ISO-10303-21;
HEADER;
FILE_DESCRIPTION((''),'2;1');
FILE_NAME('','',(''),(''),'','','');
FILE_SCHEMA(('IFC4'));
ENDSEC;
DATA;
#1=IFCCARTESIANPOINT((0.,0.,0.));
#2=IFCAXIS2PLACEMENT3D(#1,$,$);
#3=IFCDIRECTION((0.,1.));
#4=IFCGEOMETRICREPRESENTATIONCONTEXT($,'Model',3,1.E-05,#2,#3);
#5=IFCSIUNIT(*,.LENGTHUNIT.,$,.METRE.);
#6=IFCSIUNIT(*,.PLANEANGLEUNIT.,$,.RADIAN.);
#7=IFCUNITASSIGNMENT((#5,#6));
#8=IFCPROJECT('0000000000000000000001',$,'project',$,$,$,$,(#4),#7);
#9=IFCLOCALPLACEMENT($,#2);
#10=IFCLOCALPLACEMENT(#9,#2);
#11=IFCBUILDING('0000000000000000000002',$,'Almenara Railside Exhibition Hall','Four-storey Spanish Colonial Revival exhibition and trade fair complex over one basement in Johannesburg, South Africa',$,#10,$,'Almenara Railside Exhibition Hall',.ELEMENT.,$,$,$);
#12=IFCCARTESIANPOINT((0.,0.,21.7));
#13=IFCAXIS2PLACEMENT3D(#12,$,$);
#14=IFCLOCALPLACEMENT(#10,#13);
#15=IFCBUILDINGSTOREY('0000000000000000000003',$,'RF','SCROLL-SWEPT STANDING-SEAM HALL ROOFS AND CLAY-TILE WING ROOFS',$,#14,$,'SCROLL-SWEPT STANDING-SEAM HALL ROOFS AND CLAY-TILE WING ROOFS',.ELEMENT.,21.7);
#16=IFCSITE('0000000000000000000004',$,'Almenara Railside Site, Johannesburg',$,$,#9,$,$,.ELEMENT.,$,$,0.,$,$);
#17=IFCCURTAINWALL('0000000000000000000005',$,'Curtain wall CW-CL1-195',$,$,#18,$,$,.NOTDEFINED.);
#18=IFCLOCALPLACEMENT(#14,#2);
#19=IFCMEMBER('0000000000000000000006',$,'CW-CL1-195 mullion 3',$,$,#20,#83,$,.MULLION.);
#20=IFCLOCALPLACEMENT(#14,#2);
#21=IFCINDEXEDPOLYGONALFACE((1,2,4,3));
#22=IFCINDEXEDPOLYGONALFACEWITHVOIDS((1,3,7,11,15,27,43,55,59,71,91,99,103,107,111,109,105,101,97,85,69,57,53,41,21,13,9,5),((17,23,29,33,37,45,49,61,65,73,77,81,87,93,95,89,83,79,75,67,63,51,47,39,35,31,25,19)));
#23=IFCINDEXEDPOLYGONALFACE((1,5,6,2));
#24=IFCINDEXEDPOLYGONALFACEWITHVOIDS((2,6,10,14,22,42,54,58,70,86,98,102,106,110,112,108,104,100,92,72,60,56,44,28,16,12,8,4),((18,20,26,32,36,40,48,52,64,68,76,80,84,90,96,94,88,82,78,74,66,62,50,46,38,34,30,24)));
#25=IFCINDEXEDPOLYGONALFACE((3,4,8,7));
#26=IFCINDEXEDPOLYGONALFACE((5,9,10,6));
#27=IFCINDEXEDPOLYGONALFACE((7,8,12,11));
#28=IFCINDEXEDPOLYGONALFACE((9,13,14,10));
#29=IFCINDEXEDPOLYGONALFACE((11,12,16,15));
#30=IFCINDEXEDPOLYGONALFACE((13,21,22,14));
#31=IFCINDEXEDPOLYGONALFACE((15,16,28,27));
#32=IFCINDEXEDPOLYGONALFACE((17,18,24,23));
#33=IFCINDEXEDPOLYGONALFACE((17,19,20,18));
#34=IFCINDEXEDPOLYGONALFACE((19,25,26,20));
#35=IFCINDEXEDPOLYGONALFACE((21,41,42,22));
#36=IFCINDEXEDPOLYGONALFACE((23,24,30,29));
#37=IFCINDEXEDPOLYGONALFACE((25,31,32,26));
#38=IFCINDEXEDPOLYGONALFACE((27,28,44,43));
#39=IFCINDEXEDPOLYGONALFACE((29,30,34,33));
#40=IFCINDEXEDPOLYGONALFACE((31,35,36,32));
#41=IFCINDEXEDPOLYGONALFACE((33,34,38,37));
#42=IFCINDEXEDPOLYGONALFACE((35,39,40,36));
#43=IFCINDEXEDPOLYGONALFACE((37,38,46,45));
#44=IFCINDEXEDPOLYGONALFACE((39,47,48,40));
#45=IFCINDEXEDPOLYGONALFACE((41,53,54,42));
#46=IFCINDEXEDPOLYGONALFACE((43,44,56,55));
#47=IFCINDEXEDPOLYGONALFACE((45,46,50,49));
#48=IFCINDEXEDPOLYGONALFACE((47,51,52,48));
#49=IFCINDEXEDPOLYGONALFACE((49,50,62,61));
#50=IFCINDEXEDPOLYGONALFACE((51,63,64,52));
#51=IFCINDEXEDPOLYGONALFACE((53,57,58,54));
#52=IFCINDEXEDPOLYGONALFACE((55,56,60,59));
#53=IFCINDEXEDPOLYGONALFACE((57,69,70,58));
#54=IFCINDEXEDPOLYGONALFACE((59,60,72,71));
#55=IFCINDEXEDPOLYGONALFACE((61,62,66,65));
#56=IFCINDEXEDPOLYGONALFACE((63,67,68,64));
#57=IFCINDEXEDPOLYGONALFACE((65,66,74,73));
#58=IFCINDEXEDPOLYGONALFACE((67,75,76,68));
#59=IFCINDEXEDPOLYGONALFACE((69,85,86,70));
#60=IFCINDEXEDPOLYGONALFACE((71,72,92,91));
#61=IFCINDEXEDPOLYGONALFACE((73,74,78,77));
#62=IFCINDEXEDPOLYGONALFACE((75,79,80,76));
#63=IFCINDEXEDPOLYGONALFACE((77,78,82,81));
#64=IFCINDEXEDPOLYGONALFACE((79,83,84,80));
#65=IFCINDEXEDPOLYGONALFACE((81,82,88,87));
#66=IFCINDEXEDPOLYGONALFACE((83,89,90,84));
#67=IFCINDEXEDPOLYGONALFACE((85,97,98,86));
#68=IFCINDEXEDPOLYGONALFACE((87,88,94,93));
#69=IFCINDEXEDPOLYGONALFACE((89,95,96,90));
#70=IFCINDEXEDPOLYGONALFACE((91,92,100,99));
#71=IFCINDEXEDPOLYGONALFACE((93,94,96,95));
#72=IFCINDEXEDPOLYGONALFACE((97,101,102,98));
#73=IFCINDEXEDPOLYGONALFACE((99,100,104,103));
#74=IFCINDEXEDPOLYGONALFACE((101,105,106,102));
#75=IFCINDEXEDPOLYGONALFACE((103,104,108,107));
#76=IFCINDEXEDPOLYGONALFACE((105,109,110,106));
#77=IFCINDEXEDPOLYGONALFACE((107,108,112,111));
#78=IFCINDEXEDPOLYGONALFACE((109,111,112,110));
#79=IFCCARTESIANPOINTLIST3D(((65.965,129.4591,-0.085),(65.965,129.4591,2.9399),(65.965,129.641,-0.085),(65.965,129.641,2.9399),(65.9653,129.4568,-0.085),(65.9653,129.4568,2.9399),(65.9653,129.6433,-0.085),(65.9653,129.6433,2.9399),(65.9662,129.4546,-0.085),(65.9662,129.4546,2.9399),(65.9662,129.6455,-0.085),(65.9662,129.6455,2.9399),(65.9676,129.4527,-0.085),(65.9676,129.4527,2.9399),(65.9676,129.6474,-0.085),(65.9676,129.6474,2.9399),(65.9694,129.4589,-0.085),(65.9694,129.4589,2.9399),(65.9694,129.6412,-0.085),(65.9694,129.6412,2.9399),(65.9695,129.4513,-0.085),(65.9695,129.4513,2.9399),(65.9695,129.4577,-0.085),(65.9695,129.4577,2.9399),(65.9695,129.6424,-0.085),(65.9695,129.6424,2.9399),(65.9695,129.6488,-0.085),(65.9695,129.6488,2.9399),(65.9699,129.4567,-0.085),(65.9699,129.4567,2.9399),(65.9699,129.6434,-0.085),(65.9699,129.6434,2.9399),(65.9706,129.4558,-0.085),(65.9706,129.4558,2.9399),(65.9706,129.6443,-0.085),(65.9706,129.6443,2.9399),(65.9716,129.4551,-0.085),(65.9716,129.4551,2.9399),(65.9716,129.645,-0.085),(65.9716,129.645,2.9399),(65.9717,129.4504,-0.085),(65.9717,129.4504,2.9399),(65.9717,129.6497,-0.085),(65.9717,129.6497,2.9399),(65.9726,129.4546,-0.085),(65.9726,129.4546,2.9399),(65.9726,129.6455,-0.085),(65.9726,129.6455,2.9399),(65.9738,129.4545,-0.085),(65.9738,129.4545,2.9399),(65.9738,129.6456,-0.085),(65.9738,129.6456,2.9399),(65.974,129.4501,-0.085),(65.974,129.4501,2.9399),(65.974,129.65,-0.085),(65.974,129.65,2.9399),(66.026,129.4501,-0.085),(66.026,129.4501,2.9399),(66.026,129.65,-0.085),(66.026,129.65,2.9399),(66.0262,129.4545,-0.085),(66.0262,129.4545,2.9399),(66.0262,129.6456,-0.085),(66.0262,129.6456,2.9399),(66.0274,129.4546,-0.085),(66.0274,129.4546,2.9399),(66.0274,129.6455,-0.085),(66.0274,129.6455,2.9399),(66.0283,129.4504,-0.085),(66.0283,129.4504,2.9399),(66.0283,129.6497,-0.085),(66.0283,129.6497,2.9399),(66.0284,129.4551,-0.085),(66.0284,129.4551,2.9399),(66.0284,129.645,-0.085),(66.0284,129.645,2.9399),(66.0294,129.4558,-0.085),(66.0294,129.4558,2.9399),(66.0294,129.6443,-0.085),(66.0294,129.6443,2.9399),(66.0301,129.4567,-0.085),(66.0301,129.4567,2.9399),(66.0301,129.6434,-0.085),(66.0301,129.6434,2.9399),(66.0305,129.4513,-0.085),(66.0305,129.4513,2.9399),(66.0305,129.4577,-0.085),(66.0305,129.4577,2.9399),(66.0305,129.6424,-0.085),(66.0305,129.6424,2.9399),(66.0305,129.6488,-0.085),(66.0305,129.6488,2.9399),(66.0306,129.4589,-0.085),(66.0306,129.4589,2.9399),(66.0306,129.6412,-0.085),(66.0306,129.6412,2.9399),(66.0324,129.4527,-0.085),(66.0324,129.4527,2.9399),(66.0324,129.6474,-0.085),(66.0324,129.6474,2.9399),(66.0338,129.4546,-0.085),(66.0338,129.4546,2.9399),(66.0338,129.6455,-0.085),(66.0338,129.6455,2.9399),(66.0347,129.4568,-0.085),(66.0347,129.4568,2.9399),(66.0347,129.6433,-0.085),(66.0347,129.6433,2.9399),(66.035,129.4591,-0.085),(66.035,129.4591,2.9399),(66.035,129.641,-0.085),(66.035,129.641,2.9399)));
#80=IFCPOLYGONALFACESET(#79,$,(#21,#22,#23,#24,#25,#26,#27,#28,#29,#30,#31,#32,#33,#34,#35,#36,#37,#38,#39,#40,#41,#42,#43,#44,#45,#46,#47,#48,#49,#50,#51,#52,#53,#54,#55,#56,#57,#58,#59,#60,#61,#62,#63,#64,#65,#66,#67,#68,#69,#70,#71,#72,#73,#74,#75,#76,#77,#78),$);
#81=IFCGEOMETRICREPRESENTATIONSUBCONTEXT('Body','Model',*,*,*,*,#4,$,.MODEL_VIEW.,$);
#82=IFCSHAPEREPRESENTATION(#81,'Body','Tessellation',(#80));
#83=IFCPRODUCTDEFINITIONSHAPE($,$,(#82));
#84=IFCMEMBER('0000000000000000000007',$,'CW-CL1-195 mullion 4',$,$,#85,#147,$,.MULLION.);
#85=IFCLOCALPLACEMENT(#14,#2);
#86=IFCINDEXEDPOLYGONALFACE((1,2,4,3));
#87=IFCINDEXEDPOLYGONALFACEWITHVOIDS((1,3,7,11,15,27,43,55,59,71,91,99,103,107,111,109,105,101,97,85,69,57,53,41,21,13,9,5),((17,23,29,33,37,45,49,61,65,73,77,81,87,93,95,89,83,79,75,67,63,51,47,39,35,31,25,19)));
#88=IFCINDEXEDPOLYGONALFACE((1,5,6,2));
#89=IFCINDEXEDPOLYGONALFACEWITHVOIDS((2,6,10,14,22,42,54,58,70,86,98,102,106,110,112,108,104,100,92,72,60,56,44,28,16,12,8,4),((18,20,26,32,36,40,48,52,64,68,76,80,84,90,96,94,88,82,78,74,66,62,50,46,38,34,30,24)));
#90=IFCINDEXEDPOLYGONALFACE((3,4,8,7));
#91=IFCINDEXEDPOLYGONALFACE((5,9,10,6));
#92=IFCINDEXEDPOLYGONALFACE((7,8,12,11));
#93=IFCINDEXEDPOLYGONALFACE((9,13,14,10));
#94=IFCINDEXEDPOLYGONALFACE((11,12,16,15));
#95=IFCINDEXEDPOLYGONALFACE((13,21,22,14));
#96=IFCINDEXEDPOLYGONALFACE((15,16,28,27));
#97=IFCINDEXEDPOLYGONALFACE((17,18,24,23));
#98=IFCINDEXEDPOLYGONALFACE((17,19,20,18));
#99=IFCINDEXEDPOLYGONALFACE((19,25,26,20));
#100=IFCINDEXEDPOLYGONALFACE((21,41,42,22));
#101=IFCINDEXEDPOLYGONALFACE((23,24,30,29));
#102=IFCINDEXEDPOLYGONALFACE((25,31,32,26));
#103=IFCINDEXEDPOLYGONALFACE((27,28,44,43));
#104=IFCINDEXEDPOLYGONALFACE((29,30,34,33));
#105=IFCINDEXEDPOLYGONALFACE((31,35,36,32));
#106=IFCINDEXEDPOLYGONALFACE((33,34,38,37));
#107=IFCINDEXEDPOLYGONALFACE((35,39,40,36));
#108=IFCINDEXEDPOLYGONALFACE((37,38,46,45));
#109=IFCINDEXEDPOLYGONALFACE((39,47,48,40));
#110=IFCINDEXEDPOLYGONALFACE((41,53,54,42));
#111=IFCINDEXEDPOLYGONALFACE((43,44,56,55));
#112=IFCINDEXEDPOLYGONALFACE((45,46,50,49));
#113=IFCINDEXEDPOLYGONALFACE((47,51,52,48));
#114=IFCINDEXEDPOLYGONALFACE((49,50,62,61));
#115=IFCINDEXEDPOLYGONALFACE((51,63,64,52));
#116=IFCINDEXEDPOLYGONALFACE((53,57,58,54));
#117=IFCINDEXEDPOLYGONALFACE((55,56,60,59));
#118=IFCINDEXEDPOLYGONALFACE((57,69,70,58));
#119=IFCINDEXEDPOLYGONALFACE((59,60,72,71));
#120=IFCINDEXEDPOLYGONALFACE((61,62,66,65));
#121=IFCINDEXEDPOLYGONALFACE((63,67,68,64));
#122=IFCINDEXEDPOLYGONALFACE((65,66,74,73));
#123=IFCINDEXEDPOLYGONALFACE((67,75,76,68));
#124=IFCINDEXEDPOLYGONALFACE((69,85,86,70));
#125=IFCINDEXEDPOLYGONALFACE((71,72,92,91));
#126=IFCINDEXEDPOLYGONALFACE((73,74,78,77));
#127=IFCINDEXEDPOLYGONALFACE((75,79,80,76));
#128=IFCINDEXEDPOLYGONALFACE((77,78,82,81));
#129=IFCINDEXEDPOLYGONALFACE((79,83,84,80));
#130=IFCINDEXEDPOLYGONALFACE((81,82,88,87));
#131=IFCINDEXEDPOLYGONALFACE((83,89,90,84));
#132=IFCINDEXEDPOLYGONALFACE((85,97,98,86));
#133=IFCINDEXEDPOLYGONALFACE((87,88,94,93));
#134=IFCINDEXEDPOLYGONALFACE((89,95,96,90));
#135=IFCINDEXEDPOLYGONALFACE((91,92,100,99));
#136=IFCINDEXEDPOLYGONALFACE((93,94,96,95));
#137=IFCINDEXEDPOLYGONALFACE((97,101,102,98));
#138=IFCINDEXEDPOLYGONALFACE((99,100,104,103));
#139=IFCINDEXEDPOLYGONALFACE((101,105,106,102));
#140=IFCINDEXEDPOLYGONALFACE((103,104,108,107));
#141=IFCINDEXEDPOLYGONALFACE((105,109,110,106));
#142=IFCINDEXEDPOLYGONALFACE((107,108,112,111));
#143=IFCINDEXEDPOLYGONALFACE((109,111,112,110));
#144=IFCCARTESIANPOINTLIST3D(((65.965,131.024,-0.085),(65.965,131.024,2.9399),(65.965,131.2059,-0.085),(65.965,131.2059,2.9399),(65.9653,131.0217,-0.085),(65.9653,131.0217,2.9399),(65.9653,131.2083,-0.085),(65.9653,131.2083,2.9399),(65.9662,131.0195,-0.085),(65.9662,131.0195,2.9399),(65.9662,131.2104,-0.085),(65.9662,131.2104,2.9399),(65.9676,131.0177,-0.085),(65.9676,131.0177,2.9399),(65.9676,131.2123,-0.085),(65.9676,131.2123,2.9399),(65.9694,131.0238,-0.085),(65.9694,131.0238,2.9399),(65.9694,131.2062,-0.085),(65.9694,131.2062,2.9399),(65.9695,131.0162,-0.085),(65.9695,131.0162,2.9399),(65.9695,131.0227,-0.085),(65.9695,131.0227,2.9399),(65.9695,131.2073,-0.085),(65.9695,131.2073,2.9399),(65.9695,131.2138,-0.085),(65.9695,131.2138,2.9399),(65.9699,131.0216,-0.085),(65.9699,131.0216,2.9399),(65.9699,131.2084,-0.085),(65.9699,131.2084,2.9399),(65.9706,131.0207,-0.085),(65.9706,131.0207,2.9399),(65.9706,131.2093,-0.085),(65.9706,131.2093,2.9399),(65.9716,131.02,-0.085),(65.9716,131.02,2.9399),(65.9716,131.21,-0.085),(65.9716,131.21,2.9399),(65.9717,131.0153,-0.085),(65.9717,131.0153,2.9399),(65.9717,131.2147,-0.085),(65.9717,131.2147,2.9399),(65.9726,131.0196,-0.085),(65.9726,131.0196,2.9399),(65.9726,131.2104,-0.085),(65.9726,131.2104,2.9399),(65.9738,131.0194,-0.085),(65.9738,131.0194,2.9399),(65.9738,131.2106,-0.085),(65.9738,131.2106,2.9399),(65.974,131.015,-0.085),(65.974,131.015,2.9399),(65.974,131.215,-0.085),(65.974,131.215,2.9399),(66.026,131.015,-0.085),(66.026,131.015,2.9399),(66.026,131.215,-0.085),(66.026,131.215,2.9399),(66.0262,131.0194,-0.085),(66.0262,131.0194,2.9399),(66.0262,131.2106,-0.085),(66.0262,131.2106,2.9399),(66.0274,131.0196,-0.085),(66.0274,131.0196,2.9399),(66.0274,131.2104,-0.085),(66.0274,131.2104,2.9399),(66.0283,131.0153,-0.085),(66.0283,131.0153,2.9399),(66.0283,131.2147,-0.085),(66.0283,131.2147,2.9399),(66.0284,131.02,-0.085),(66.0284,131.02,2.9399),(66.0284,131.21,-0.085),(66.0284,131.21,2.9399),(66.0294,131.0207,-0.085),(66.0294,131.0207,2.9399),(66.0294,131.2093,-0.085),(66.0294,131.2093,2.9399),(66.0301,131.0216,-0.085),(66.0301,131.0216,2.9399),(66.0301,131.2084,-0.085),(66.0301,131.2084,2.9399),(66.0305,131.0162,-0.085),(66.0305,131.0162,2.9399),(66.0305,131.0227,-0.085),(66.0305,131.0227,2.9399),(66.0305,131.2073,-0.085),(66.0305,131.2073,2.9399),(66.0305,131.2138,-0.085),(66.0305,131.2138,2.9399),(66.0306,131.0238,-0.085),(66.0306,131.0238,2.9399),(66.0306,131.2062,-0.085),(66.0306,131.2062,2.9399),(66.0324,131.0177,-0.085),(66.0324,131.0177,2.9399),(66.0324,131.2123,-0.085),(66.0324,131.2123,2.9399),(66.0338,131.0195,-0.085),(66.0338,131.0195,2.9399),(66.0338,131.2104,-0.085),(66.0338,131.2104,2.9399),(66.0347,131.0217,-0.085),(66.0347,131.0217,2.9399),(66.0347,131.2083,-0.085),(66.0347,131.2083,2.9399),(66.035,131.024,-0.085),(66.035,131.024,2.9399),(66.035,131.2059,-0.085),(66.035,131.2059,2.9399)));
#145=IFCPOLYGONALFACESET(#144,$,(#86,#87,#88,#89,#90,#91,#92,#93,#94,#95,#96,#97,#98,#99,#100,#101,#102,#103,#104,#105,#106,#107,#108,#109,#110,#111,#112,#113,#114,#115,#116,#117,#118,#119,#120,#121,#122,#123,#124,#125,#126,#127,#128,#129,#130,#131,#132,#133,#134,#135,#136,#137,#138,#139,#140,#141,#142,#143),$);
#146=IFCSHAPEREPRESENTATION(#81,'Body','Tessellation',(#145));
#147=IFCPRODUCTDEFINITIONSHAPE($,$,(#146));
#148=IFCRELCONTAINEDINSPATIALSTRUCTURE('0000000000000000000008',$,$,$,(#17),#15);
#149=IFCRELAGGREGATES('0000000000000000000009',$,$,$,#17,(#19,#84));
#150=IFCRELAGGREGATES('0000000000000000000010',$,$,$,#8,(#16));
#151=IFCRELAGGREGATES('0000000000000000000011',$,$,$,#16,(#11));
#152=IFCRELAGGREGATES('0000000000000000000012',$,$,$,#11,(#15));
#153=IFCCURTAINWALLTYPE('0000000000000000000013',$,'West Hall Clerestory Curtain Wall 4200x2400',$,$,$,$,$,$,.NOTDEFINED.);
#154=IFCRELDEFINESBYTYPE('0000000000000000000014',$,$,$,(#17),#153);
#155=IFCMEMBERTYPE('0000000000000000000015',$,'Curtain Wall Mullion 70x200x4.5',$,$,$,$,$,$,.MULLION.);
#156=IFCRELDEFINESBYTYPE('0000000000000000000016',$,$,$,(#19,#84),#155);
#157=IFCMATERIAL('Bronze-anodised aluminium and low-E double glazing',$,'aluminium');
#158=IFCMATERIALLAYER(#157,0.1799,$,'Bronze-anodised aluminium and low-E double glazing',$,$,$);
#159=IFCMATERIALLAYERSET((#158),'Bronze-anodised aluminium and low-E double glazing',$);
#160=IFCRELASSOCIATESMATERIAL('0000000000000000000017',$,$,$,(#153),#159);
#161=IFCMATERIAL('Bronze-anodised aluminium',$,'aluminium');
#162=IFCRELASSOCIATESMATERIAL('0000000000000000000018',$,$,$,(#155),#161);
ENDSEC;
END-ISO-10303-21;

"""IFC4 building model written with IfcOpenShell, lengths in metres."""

from ifc_helpers import new_model, si_unit, direction, frame, origin, origin_2d, place, context, subcontext, project, spatial, hollow_rectangle, extrude, material, layer, layer_set, material_profile, profile_set, type_object, element, aggregate, save


model = new_model("IFC4")

# Units and contexts
model_context = context("Model", 3, precision=1e-05, world=origin(), true_north=direction((0.0, 1.0)))
body_context = subcontext(model_context, "Body", "Model", "MODEL_VIEW")
ifc_project = project(units=[si_unit("LENGTHUNIT", "METRE"), si_unit("PLANEANGLEUNIT", "RADIAN")], contexts=[model_context])

# Site, building, storey
site_placement = place(None, origin())
site = spatial("IfcSite", under=ifc_project, at=site_placement, Name="Almenara Railside Site, Johannesburg", CompositionType="ELEMENT", RefElevation=0.0)
building_placement = place(site_placement, origin())
building = spatial("IfcBuilding", under=site, at=building_placement, Name="Almenara Railside Exhibition Hall", Description="Four-storey Spanish Colonial Revival exhibition and trade fair complex over one basement in Johannesburg, South Africa", LongName="Almenara Railside Exhibition Hall", CompositionType="ELEMENT")
storey_placement = place(building_placement, frame((0.0, 0.0, 21.7)))
storey = spatial("IfcBuildingStorey", under=building, at=storey_placement, Name="RF", Description="SCROLL-SWEPT STANDING-SEAM HALL ROOFS AND CLAY-TILE WING ROOFS", LongName="SCROLL-SWEPT STANDING-SEAM HALL ROOFS AND CLAY-TILE WING ROOFS", CompositionType="ELEMENT", Elevation=21.7)

# Curtain wall, members
ifc_material_1 = material(Name="Bronze-anodised aluminium and low-E double glazing", Category="aluminium")
ifc_layer_1 = layer(ifc_material_1, 0.1799, Name="Bronze-anodised aluminium and low-E double glazing")
ifc_layer_set_1 = layer_set([ifc_layer_1], Name="Bronze-anodised aluminium and low-E double glazing")
curtain_wall_type = type_object("IfcCurtainWallType", Name="West Hall Clerestory Curtain Wall 4200x2400", PredefinedType="NOTDEFINED", material=ifc_layer_set_1)
curtain_wall_placement = place(storey_placement, origin())
curtain_wall = element("IfcCurtainWall", 1, at=curtain_wall_placement, inside=storey, type_object=curtain_wall_type, Name="Curtain wall CW-CL1-195", PredefinedType="NOTDEFINED")
ifc_material_2 = material(Name="Bronze-anodised aluminium", Category="aluminium")
ifc_material_profile_1 = material_profile(ifc_material_2, hollow_rectangle(XDim=0.0701, YDim=0.2, WallThickness=0.0044, InnerFilletRadius=0.0044, OuterFilletRadius=0.009, at=origin_2d()), Name="ALU-MUL 70x200x4.5")
ifc_profile_set_1 = profile_set([ifc_material_profile_1], Name="Bronze-anodised aluminium")
member_type_1 = type_object("IfcMemberType", Name="Curtain Wall Mullion 70x200x4.5", PredefinedType="MULLION", material=ifc_profile_set_1)
member_1_placement = place(storey_placement, frame((66.0, 129.55, -0.085), z_axis=(0.0, 0.0, 1.0), x_axis=(-1.0, 0.0, 0.0)))
member_1 = element("IfcMember", 2, at=member_1_placement, type_object=member_type_1, Name="CW-CL1-195 mullion 3", PredefinedType="MULLION", context=body_context, shape_type="SweptSolid", body=[
    extrude(hollow_rectangle(XDim=0.0701, YDim=0.2, WallThickness=0.0044, InnerFilletRadius=0.0044, OuterFilletRadius=0.009, at=origin_2d()), origin(), (0.0, 0.0, 1.0), 3.0249),
])
member_2_placement = place(storey_placement, frame((66.0, 131.115, -0.085), z_axis=(0.0, 0.0, 1.0), x_axis=(-1.0, 0.0, 0.0)))
member_2 = element("IfcMember", 3, at=member_2_placement, type_object=member_type_1, Name="CW-CL1-195 mullion 4", PredefinedType="MULLION", context=body_context, shape_type="SweptSolid", body=[
    extrude(hollow_rectangle(XDim=0.0701, YDim=0.2, WallThickness=0.0044, InnerFilletRadius=0.0044, OuterFilletRadius=0.009, at=origin_2d()), origin(), (0.0, 0.0, 1.0), 3.0249),
])

aggregate(curtain_wall, [member_1, member_2])

save(model, "model.ifc")
